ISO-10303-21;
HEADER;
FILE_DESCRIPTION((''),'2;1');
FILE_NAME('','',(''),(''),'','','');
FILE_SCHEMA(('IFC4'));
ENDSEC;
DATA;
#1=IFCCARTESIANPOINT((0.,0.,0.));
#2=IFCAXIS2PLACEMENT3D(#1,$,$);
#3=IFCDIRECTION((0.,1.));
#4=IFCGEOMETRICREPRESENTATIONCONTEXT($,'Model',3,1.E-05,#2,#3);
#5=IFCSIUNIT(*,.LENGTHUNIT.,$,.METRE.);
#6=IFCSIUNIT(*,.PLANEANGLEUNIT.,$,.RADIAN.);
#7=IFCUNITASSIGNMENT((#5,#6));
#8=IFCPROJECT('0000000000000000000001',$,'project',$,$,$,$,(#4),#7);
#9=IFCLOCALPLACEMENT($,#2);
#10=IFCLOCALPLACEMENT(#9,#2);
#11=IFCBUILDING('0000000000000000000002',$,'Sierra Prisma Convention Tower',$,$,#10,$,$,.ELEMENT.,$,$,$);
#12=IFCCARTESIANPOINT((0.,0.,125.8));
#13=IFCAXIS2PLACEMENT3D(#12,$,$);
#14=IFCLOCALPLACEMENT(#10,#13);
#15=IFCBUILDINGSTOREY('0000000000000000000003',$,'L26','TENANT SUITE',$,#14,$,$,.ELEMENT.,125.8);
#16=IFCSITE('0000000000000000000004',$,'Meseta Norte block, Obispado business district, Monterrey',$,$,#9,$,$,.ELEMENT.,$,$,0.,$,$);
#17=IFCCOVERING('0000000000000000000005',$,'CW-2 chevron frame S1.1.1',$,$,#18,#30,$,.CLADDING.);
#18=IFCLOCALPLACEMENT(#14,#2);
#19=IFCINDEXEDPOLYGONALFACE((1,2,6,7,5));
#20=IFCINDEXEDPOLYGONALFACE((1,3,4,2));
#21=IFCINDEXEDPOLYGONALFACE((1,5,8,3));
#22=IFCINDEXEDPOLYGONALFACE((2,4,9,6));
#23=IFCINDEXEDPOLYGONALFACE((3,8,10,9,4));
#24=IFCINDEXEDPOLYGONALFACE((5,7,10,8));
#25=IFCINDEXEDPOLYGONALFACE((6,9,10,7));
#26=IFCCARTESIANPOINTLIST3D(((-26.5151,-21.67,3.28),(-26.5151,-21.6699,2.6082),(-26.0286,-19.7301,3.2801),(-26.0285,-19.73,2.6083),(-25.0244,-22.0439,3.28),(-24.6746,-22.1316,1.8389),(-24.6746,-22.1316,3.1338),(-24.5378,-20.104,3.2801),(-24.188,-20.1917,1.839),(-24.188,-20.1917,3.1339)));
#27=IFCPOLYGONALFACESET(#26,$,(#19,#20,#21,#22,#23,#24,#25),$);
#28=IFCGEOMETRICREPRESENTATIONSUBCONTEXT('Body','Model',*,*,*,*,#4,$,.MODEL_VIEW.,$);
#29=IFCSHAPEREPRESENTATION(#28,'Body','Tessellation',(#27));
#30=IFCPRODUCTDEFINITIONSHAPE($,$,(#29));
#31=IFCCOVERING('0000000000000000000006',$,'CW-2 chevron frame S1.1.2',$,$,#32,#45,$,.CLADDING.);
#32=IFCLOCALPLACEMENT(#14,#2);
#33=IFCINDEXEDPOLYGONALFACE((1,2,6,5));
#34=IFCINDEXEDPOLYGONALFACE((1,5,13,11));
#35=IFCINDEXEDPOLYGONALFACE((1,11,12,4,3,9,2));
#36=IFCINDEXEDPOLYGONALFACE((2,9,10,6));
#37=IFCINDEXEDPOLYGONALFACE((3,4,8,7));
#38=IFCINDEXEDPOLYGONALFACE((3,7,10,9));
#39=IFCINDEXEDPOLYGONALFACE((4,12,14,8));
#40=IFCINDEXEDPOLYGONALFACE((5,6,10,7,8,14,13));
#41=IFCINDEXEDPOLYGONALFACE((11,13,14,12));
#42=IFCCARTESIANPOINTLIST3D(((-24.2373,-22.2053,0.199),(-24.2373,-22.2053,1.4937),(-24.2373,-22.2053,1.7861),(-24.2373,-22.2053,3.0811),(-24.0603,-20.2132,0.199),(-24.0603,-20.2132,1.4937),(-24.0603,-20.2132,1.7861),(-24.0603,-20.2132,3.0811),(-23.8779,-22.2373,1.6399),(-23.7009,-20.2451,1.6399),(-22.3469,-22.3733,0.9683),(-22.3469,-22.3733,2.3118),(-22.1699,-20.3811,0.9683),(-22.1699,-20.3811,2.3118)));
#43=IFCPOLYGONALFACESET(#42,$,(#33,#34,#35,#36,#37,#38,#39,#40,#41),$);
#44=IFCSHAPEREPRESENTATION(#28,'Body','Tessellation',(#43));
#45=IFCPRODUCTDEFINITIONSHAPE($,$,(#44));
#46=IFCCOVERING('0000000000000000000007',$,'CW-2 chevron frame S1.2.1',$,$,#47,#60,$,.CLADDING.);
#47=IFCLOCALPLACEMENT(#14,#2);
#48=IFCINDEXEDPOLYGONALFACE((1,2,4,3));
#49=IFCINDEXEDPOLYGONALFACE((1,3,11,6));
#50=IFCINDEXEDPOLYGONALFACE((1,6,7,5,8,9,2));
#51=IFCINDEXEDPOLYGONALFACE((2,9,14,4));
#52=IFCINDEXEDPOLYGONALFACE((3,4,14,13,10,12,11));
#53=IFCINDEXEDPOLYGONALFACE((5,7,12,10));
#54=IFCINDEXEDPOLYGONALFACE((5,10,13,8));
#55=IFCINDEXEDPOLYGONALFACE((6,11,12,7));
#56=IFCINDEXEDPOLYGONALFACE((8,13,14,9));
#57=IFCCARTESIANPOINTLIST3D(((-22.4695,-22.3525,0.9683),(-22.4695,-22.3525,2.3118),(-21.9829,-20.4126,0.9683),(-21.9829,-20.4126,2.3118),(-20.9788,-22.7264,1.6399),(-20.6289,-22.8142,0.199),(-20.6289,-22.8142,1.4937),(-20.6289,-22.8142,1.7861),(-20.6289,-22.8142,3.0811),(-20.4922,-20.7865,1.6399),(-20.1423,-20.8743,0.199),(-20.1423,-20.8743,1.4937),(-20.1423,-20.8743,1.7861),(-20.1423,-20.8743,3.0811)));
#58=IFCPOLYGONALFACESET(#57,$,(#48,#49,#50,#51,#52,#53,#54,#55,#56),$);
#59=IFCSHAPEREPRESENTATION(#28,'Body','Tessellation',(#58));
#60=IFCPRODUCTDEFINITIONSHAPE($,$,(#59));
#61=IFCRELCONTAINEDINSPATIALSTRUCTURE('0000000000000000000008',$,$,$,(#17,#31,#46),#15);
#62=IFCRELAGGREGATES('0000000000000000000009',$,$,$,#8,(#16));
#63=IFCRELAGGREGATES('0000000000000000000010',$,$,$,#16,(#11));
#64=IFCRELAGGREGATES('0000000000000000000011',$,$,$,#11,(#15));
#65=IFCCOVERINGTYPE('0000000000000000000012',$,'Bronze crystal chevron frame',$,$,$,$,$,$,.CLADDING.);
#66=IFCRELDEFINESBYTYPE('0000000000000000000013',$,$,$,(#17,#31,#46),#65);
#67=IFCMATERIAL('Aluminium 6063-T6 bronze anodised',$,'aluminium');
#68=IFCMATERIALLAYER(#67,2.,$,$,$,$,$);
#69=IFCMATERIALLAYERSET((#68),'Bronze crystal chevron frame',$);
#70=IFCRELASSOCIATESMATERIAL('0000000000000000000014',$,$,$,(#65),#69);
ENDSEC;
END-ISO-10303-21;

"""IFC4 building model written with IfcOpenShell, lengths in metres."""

from ifc_helpers import new_model, si_unit, direction, frame, origin, place, context, subcontext, project, spatial, polyline, outline, extrude, material, layer, layer_set, type_object, element, save


model = new_model("IFC4")

# Units and contexts
model_context = context("Model", 3, precision=1e-05, world=origin(), true_north=direction((0.0, 1.0)))
body_context = subcontext(model_context, "Body", "Model", "MODEL_VIEW")
ifc_project = project(units=[si_unit("LENGTHUNIT", "METRE"), si_unit("PLANEANGLEUNIT", "RADIAN")], contexts=[model_context])

# Site, building, storey
site_placement = place(None, origin())
site = spatial("IfcSite", under=ifc_project, at=site_placement, Name="Meseta Norte block, Obispado business district, Monterrey", CompositionType="ELEMENT", RefElevation=0.0)
building_placement = place(site_placement, origin())
building = spatial("IfcBuilding", under=site, at=building_placement, Name="Sierra Prisma Convention Tower", CompositionType="ELEMENT")
storey_placement = place(building_placement, frame((0.0, 0.0, 125.8)))
storey = spatial("IfcBuildingStorey", under=building, at=storey_placement, Name="L26", Description="TENANT SUITE", CompositionType="ELEMENT", Elevation=125.8)

# Coverings
ifc_material_1 = material(Name="Aluminium 6063-T6 bronze anodised", Category="aluminium")
ifc_layer_1 = layer(ifc_material_1, 2.0)
ifc_layer_set_1 = layer_set([ifc_layer_1], Name="Bronze crystal chevron frame")
covering_type = type_object("IfcCoveringType", Name="Bronze crystal chevron frame", PredefinedType="CLADDING", material=ifc_layer_set_1)
covering_1_placement = place(storey_placement, frame((-26.5151, -21.6699, 2.6082), z_axis=(-0.243296, -0.969952, -0.00005), x_axis=(0.898898, -0.225454, -0.375702)))
element("IfcCovering", 1, at=covering_1_placement, inside=storey, type_object=covering_type, Name="CW-2 chevron frame S1.1.1", PredefinedType="CLADDING", context=body_context, shape_type="SweptSolid", body=[
    extrude(outline(polyline([(0.0, 0.0), (2.0476, 0.0), (1.5611, 1.2001), (1.1719, 1.2001), (-0.2524, 0.6227), (0.0, 0.0)])), origin(), (0.0, 0.0, -1.0), 2.0),
])
covering_2_placement = place(storey_placement, frame((-24.2373, -22.2053, 1.4937), z_axis=(-0.088504, -0.996076, 0.0), x_axis=(0.0, 0.0, -1.0)))
element("IfcCovering", 2, at=covering_2_placement, inside=storey, type_object=covering_type, Name="CW-2 chevron frame S1.1.2", PredefinedType="CLADDING", context=body_context, shape_type="SweptSolid", body=[
    extrude(outline(polyline([(0.0, 0.0), (1.2947, 0.0), (0.5254, 1.8978), (-0.8181, 1.8978), (-1.5874, 0.0), (-0.2925, 0.0), (-0.1462, 0.3608), (0.0, 0.0)])), origin(), (0.0, 0.0, -1.0), 2.0),
])
covering_3_placement = place(storey_placement, frame((-22.4695, -22.3525, 0.9683), z_axis=(-0.243288, -0.969954, 0.0), x_axis=(0.898896, -0.225464, -0.375702)))
element("IfcCovering", 3, at=covering_3_placement, inside=storey, type_object=covering_type, Name="CW-2 chevron frame S1.2.1", PredefinedType="CLADDING", context=body_context, shape_type="SweptSolid", body=[
    extrude(outline(polyline([(0.0, 0.0), (2.0476, 0.0), (1.5612, 1.1998), (1.1719, 1.1998), (1.4513, 1.4709), (0.9648, 2.6709), (-0.5048, 1.2451), (0.0, 0.0)])), origin(), (0.0, 0.0, -1.0), 2.0),
])

save(model, "model.ifc")
